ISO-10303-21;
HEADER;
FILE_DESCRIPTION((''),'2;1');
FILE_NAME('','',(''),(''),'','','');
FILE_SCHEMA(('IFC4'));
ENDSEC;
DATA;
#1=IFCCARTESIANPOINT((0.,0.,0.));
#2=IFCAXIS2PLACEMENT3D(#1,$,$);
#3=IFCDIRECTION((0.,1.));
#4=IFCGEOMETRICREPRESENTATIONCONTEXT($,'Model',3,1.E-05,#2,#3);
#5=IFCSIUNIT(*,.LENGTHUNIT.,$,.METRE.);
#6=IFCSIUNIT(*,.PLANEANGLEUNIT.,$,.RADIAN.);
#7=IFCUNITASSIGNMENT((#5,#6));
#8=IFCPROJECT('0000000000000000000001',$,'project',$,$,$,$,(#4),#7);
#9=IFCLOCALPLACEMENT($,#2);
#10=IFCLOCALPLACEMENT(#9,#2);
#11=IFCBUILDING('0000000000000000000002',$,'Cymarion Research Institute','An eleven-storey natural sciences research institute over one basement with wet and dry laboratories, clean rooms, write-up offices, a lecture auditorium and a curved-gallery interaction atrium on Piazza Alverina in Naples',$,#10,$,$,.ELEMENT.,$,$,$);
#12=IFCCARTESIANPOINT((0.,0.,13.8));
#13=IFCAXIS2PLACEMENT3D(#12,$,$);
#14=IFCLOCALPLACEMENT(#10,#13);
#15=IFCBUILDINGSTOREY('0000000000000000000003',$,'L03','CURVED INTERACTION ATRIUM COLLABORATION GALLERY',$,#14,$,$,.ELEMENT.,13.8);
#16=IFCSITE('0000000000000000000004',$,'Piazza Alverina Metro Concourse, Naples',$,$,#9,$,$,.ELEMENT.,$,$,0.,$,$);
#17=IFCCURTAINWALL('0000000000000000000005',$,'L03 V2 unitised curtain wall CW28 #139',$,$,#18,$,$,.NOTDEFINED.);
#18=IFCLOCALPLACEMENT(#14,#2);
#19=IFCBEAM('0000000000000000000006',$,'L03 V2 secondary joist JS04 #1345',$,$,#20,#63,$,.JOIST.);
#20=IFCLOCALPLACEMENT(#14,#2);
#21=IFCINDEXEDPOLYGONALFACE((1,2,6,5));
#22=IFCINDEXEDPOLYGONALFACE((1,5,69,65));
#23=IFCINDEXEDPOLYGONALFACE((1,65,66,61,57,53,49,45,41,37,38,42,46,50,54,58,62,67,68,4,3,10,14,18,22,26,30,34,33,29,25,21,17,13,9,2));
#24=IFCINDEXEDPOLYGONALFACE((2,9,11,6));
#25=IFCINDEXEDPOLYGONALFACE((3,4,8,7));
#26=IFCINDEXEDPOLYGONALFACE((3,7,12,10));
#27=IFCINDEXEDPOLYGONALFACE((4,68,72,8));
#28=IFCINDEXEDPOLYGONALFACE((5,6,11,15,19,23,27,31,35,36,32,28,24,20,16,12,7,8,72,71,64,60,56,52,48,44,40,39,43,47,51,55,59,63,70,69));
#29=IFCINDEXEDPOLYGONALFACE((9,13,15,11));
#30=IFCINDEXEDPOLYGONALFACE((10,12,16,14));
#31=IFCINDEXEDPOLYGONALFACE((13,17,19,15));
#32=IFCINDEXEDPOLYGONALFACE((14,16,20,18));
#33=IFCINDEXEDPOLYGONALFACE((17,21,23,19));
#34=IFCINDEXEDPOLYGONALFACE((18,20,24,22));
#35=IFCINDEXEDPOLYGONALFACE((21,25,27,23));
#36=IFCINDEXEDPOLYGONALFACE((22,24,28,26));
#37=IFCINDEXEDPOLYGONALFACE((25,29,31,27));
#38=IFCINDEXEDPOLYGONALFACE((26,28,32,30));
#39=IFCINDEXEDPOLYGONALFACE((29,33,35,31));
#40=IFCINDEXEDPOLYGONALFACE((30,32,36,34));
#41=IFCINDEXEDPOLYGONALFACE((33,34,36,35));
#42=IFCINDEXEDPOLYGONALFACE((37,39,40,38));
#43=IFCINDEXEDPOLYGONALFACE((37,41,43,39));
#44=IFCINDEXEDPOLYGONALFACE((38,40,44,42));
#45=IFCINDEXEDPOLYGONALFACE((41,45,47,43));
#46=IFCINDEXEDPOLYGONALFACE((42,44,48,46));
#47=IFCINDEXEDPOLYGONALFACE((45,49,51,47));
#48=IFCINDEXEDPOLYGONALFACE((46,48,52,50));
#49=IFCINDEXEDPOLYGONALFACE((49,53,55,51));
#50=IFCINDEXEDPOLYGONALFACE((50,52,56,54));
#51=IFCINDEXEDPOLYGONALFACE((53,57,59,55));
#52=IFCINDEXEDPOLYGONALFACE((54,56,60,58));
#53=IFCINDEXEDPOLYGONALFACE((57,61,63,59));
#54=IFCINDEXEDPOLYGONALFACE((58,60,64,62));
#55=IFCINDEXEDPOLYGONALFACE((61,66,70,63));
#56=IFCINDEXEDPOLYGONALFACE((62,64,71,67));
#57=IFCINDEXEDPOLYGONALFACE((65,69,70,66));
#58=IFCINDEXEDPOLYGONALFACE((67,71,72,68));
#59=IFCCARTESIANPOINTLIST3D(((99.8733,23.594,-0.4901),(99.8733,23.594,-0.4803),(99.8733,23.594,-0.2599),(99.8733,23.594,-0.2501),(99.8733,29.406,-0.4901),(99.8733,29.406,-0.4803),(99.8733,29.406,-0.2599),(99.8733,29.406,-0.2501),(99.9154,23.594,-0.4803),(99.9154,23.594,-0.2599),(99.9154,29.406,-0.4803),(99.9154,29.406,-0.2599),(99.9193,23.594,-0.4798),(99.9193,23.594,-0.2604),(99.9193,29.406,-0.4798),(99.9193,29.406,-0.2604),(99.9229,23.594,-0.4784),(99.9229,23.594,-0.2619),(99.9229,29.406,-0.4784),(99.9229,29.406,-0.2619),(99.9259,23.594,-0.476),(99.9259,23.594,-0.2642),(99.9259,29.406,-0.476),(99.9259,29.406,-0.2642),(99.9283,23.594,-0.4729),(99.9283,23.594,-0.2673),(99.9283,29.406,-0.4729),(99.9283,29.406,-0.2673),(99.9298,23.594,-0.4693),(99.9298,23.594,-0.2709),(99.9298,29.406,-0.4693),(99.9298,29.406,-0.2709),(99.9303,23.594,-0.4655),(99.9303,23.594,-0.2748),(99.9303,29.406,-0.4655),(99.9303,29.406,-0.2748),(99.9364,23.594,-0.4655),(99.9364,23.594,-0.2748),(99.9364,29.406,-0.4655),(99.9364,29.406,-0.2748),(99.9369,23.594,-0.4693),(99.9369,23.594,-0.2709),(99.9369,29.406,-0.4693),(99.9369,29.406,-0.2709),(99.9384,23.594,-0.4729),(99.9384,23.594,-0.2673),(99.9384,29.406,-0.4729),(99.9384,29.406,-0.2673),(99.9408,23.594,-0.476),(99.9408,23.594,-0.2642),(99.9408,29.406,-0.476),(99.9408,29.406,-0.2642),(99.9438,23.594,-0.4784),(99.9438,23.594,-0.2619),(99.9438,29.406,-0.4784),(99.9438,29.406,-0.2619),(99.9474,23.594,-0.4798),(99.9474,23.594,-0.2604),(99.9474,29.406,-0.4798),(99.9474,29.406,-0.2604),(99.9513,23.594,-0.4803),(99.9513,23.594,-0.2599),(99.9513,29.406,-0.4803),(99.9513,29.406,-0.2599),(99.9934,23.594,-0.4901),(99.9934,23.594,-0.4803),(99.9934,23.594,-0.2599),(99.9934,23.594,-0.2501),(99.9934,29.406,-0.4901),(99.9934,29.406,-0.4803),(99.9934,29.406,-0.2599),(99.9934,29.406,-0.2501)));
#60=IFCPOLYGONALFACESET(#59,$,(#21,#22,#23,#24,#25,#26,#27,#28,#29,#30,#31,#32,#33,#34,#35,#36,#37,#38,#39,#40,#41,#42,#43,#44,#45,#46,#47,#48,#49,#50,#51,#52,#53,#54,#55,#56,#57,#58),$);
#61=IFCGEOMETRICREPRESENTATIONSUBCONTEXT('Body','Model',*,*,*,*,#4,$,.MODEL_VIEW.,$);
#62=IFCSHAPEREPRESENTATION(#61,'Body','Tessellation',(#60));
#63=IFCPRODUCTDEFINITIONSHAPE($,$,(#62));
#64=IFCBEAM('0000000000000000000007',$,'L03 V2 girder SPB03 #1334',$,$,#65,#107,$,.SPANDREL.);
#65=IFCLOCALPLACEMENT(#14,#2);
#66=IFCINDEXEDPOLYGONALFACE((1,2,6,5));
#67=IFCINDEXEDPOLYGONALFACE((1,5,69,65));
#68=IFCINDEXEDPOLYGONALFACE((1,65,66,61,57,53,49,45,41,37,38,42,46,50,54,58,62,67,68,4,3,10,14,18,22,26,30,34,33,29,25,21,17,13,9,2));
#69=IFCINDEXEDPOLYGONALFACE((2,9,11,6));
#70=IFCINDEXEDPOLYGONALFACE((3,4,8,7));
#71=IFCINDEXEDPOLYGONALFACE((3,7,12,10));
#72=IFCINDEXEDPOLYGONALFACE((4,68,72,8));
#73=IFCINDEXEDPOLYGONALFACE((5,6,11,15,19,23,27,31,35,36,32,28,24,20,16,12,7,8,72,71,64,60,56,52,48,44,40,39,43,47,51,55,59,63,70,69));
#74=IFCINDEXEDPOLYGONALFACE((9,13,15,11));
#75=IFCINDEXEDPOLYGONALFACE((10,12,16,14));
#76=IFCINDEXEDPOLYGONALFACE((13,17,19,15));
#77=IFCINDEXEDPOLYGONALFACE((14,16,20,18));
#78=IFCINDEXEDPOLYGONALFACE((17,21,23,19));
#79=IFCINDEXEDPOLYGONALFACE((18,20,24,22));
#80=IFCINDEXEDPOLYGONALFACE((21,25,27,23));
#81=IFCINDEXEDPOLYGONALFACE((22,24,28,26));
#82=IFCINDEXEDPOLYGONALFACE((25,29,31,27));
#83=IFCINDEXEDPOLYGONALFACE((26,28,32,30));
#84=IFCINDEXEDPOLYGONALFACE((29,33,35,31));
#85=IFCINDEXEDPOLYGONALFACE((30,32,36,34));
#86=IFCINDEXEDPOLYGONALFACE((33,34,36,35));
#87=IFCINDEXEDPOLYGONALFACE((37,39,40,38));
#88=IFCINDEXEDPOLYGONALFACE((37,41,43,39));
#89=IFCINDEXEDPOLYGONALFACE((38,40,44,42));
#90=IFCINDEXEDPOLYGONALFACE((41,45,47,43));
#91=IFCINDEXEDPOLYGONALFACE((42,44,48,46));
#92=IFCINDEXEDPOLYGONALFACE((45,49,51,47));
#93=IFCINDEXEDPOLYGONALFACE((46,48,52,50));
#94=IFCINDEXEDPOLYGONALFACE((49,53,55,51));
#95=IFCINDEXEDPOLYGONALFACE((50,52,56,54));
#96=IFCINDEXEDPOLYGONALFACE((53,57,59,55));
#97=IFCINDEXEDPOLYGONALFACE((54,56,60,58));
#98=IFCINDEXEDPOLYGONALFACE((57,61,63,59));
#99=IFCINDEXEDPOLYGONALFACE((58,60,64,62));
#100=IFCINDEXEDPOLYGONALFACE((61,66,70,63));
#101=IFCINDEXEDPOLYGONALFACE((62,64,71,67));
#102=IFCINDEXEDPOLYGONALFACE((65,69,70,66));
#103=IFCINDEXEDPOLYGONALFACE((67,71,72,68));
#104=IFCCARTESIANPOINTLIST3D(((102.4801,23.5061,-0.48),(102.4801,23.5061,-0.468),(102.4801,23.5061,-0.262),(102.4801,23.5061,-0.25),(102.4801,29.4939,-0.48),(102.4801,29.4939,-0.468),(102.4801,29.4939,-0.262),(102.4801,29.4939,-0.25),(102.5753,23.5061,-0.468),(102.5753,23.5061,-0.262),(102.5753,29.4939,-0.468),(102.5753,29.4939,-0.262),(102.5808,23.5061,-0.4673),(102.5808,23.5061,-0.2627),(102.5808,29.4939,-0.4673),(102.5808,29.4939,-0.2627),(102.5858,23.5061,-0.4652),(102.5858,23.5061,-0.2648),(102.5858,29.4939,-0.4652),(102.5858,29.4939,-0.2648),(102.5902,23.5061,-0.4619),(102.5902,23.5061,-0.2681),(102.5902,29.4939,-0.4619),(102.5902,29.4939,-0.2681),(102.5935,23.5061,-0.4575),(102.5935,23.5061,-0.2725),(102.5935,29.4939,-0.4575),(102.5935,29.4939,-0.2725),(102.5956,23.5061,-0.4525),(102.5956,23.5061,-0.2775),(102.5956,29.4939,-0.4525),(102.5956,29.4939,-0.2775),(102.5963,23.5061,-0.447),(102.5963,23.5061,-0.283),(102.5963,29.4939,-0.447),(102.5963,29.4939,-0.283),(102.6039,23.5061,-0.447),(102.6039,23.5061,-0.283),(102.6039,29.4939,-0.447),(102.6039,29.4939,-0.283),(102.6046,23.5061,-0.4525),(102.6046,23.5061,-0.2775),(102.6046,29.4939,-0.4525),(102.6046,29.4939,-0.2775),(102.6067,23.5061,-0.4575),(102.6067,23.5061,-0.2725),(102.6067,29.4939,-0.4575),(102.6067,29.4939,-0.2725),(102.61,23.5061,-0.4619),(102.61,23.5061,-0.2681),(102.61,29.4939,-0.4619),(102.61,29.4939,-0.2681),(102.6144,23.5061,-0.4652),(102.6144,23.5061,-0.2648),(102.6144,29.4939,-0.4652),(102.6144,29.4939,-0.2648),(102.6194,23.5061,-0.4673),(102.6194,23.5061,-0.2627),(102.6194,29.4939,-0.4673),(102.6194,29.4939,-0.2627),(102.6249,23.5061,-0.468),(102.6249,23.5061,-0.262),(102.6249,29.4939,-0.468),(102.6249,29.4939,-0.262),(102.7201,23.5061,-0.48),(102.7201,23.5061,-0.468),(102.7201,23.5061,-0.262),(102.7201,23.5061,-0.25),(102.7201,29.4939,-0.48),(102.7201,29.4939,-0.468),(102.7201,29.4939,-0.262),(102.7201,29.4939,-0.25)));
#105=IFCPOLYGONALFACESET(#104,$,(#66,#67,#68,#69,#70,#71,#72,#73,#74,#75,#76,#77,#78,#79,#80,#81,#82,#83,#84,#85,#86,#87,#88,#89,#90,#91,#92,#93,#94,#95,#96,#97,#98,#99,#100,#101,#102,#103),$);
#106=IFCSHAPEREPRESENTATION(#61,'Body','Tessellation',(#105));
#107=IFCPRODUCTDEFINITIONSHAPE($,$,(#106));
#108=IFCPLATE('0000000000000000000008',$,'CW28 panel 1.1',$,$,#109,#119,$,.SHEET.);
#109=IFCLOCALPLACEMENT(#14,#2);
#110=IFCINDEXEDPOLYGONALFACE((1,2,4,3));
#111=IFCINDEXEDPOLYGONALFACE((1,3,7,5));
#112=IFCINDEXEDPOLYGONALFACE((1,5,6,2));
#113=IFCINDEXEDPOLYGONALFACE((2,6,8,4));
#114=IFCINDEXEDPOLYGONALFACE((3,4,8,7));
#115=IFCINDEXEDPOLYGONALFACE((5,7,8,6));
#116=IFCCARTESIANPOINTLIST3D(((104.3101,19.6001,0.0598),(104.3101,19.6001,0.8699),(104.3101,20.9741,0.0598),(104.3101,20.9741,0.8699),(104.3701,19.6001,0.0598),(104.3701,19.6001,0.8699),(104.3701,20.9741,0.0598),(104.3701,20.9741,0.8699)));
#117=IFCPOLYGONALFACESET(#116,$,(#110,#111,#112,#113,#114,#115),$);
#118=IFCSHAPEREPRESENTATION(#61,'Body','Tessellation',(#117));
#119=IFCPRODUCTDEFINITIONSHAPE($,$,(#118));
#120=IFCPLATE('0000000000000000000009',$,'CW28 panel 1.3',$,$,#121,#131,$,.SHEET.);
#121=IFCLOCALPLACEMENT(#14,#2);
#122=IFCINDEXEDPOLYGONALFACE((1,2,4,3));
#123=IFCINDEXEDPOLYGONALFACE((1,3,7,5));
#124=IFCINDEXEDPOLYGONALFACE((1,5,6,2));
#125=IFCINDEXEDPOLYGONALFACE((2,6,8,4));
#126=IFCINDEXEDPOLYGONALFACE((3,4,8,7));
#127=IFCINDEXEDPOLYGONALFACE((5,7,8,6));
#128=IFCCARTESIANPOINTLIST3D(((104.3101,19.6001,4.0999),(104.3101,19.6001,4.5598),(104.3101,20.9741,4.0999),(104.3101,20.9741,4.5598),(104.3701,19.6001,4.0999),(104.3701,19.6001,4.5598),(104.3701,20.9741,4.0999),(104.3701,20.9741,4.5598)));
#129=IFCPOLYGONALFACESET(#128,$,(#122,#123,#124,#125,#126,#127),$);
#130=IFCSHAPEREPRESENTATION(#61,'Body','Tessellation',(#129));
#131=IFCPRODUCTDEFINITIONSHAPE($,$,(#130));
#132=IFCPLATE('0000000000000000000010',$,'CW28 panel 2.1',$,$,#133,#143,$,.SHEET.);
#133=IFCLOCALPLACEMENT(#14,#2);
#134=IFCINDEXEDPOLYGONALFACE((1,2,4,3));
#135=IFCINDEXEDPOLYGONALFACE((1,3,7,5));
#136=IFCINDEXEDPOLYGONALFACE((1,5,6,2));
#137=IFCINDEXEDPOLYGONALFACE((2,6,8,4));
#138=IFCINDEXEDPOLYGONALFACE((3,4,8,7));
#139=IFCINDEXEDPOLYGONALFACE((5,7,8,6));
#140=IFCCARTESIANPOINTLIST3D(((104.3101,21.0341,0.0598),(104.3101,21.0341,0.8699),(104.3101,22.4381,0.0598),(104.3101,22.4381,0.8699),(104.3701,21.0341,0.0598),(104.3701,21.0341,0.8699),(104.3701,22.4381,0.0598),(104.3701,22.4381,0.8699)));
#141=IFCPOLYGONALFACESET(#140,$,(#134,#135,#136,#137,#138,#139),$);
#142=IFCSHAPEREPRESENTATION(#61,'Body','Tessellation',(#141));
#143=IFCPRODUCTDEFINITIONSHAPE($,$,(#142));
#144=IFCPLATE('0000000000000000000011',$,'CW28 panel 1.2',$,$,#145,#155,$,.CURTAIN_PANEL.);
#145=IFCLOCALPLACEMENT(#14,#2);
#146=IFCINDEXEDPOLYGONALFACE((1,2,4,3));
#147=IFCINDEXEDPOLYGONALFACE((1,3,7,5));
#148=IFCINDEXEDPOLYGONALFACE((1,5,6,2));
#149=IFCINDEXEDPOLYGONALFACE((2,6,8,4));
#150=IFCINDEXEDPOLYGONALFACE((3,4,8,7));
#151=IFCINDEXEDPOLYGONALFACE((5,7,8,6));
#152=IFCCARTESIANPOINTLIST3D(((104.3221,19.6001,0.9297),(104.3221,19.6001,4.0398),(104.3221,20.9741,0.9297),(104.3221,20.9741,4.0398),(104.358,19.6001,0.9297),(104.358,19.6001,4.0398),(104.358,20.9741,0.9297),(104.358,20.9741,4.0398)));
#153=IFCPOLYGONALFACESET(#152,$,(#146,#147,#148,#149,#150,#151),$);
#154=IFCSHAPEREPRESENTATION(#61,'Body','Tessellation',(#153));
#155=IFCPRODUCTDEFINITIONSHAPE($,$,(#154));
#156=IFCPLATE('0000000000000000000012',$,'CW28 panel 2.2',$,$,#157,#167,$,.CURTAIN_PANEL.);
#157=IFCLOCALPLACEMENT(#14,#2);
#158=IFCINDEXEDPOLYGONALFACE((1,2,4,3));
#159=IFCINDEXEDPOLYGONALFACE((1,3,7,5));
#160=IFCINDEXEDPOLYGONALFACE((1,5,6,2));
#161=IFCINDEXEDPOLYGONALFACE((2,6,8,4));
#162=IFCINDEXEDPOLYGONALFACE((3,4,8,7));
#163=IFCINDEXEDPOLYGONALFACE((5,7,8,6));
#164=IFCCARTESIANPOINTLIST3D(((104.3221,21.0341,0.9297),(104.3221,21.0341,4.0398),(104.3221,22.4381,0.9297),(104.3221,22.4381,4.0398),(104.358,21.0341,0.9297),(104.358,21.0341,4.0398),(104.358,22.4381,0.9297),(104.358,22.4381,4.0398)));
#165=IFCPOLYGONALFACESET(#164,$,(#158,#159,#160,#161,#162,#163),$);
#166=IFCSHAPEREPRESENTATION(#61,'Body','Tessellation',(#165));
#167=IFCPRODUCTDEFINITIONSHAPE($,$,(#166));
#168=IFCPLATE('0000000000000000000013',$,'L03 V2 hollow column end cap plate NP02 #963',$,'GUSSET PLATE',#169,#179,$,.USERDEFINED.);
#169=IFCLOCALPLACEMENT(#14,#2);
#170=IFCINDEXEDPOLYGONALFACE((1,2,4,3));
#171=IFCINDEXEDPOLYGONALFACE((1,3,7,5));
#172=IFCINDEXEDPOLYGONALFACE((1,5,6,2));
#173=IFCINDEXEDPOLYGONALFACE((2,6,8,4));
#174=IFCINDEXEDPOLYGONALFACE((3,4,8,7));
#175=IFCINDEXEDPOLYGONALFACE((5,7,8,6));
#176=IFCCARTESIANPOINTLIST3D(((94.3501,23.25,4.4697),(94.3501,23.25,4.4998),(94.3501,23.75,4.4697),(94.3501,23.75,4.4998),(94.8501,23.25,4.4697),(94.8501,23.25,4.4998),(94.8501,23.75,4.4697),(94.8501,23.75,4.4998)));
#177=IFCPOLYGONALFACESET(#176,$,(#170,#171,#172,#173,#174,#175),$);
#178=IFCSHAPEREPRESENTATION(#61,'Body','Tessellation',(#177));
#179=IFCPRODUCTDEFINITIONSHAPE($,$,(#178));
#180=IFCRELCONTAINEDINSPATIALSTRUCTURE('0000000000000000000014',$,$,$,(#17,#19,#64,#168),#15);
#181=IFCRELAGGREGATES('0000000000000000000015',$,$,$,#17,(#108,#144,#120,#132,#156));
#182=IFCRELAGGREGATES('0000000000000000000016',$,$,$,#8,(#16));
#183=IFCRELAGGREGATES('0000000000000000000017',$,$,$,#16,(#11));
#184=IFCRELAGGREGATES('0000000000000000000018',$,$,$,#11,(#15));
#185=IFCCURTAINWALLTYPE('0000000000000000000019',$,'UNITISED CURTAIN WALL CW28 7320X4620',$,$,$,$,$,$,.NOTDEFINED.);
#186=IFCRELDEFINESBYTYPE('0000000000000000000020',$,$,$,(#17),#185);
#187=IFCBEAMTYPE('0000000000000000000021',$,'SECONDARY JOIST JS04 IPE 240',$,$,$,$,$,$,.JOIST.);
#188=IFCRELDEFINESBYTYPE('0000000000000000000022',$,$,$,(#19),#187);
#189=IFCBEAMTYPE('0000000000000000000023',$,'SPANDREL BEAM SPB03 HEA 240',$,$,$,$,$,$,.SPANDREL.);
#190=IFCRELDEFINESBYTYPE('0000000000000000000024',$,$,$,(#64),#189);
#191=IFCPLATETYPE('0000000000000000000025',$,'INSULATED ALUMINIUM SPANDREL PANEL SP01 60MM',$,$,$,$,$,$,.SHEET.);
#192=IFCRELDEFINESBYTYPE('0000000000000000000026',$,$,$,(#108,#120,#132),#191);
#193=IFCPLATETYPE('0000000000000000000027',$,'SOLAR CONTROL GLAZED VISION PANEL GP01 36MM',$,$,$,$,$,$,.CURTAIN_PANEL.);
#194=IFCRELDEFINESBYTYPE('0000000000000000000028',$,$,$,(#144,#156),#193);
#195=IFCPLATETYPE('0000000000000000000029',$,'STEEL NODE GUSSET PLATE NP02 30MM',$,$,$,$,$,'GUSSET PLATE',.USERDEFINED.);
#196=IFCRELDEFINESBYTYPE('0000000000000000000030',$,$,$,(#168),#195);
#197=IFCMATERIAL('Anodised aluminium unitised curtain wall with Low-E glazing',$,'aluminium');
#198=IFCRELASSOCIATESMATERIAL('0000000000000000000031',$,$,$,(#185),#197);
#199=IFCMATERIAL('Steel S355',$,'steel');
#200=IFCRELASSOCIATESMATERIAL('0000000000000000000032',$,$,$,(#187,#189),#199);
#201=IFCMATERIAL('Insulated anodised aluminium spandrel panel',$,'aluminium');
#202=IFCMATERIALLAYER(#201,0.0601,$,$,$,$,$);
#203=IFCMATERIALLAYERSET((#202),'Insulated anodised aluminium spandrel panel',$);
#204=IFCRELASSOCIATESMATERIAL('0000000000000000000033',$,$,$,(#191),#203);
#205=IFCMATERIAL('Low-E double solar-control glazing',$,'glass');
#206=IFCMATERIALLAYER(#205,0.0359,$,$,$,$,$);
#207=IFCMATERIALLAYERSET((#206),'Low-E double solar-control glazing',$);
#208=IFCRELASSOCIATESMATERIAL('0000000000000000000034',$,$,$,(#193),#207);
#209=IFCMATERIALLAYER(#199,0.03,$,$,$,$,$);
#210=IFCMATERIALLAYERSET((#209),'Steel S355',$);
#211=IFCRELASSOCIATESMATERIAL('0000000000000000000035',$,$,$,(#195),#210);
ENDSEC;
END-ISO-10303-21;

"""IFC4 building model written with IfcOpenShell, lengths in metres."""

from ifc_helpers import new_model, si_unit, direction, frame, origin, origin_2d, place, context, subcontext, project, spatial, rectangle, i_section, extrude, material, layer, layer_set, material_profile, profile_set, type_object, element, aggregate, save


model = new_model("IFC4")

# Units and contexts
model_context = context("Model", 3, precision=1e-05, world=origin(), true_north=direction((0.0, 1.0)))
body_context = subcontext(model_context, "Body", "Model", "MODEL_VIEW")
ifc_project = project(units=[si_unit("LENGTHUNIT", "METRE"), si_unit("PLANEANGLEUNIT", "RADIAN")], contexts=[model_context])

# Site, building, storey
site_placement = place(None, origin())
site = spatial("IfcSite", under=ifc_project, at=site_placement, Name="Piazza Alverina Metro Concourse, Naples", CompositionType="ELEMENT", RefElevation=0.0)
building_placement = place(site_placement, origin())
building = spatial("IfcBuilding", under=site, at=building_placement, Name="Cymarion Research Institute", Description="An eleven-storey natural sciences research institute over one basement with wet and dry laboratories, clean rooms, write-up offices, a lecture auditorium and a curved-gallery interaction atrium on Piazza Alverina in Naples", CompositionType="ELEMENT")
storey_placement = place(building_placement, frame((0.0, 0.0, 13.8)))
storey = spatial("IfcBuildingStorey", under=building, at=storey_placement, Name="L03", Description="CURVED INTERACTION ATRIUM COLLABORATION GALLERY", CompositionType="ELEMENT", Elevation=13.8)

# Shared definitions
ifc_material_1 = material(Name="Steel S355", Category="steel")

# Curtain wall
ifc_material_2 = material(Name="Anodised aluminium unitised curtain wall with Low-E glazing", Category="aluminium")
curtain_wall_type = type_object("IfcCurtainWallType", Name="UNITISED CURTAIN WALL CW28 7320X4620", PredefinedType="NOTDEFINED", material=ifc_material_2)
curtain_wall_placement = place(storey_placement, origin())
curtain_wall = element("IfcCurtainWall", 1, at=curtain_wall_placement, inside=storey, type_object=curtain_wall_type, Name="L03 V2 unitised curtain wall CW28 #139", PredefinedType="NOTDEFINED")

# Beams
ifc_material_profile_1 = material_profile(ifc_material_1, i_section(OverallWidth=0.1201, OverallDepth=0.24, WebThickness=0.0061, FlangeThickness=0.0098, FilletRadius=0.0149, at=origin_2d()), Name="IPE 240")
ifc_profile_set_1 = profile_set([ifc_material_profile_1], Name="Steel S355")
beam_type_1 = type_object("IfcBeamType", Name="SECONDARY JOIST JS04 IPE 240", PredefinedType="JOIST", material=ifc_profile_set_1)
for number, where, z_axis, x_axis, name in (
    (2, (99.9333, 23.594, -0.3701), (0.0, 1.0, 0.0), (-1.0, 0.0, 0.0), "L03 V2 secondary joist JS04 #1345"),
):
    element("IfcBeam", number, at=place(storey_placement, frame(where, z_axis=z_axis, x_axis=x_axis)), inside=storey, type_object=beam_type_1, Name=name, PredefinedType="JOIST", context=body_context, shape_type="SweptSolid", body=[
        extrude(i_section(OverallWidth=0.1201, OverallDepth=0.24, WebThickness=0.0061, FlangeThickness=0.0098, FilletRadius=0.0149, at=origin_2d()), origin(), (0.0, 0.0, 1.0), 5.812),
    ])
ifc_material_profile_2 = material_profile(ifc_material_1, i_section(OverallWidth=0.24, OverallDepth=0.23, WebThickness=0.0076, FlangeThickness=0.012, FilletRadius=0.021, at=origin_2d()), Name="HEA 240")
ifc_profile_set_2 = profile_set([ifc_material_profile_2], Name="Steel S355")
beam_type_2 = type_object("IfcBeamType", Name="SPANDREL BEAM SPB03 HEA 240", PredefinedType="SPANDREL", material=ifc_profile_set_2)
beam_1_placement = place(storey_placement, frame((102.6001, 23.5061, -0.365), z_axis=(0.0, 1.0, 0.0), x_axis=(-1.0, 0.0, 0.0)))
element("IfcBeam", 3, at=beam_1_placement, inside=storey, type_object=beam_type_2, Name="L03 V2 girder SPB03 #1334", PredefinedType="SPANDREL", context=body_context, shape_type="SweptSolid", body=[
    extrude(i_section(OverallWidth=0.24, OverallDepth=0.23, WebThickness=0.0076, FlangeThickness=0.012, FilletRadius=0.021, at=origin_2d()), origin(), (0.0, 0.0, 1.0), 5.9878),
])

# Plates
ifc_material_3 = material(Name="Insulated anodised aluminium spandrel panel", Category="aluminium")
ifc_layer_1 = layer(ifc_material_3, 0.0601)
ifc_layer_set_1 = layer_set([ifc_layer_1], Name="Insulated anodised aluminium spandrel panel")
plate_type_1 = type_object("IfcPlateType", Name="INSULATED ALUMINIUM SPANDREL PANEL SP01 60MM", PredefinedType="SHEET", material=ifc_layer_set_1)
plate_1_placement = place(storey_placement, frame((104.3401, 20.2871, 0.0598), z_axis=(0.0, 0.0, 1.0), x_axis=(0.0, 1.0, 0.0)))
plate_1 = element("IfcPlate", 4, at=plate_1_placement, type_object=plate_type_1, Name="CW28 panel 1.1", PredefinedType="SHEET", context=body_context, shape_type="SweptSolid", body=[
    extrude(rectangle(XDim=1.374, YDim=0.0601, at=origin_2d()), origin(), (0.0, 0.0, 1.0), 0.8101),
])
plate_2_placement = place(storey_placement, frame((104.3401, 20.2871, 4.0999), z_axis=(0.0, 0.0, 1.0), x_axis=(0.0, 1.0, 0.0)))
plate_2 = element("IfcPlate", 5, at=plate_2_placement, type_object=plate_type_1, Name="CW28 panel 1.3", PredefinedType="SHEET", context=body_context, shape_type="SweptSolid", body=[
    extrude(rectangle(XDim=1.374, YDim=0.0601, at=origin_2d()), origin(), (0.0, 0.0, 1.0), 0.46),
])
plate_3_placement = place(storey_placement, frame((104.3401, 21.7361, 0.0598), z_axis=(0.0, 0.0, 1.0), x_axis=(0.0, 1.0, 0.0)))
plate_3 = element("IfcPlate", 6, at=plate_3_placement, type_object=plate_type_1, Name="CW28 panel 2.1", PredefinedType="SHEET", context=body_context, shape_type="SweptSolid", body=[
    extrude(rectangle(XDim=1.4041, YDim=0.0601, at=origin_2d()), origin(), (0.0, 0.0, 1.0), 0.8101),
])
ifc_material_4 = material(Name="Low-E double solar-control glazing", Category="glass")
ifc_layer_2 = layer(ifc_material_4, 0.0359)
ifc_layer_set_2 = layer_set([ifc_layer_2], Name="Low-E double solar-control glazing")
plate_type_2 = type_object("IfcPlateType", Name="SOLAR CONTROL GLAZED VISION PANEL GP01 36MM", PredefinedType="CURTAIN_PANEL", material=ifc_layer_set_2)
plate_4_placement = place(storey_placement, frame((104.3401, 20.2871, 0.9297), z_axis=(0.0, 0.0, 1.0), x_axis=(0.0, 1.0, 0.0)))
plate_4 = element("IfcPlate", 7, at=plate_4_placement, type_object=plate_type_2, Name="CW28 panel 1.2", PredefinedType="CURTAIN_PANEL", context=body_context, shape_type="SweptSolid", body=[
    extrude(rectangle(XDim=1.374, YDim=0.0359, at=origin_2d()), origin(), (0.0, 0.0, 1.0), 3.1101),
])
plate_5_placement = place(storey_placement, frame((104.3401, 21.7361, 0.9297), z_axis=(0.0, 0.0, 1.0), x_axis=(0.0, 1.0, 0.0)))
plate_5 = element("IfcPlate", 8, at=plate_5_placement, type_object=plate_type_2, Name="CW28 panel 2.2", PredefinedType="CURTAIN_PANEL", context=body_context, shape_type="SweptSolid", body=[
    extrude(rectangle(XDim=1.4041, YDim=0.0359, at=origin_2d()), origin(), (0.0, 0.0, 1.0), 3.1101),
])
aggregate(curtain_wall, [plate_1, plate_4, plate_2, plate_3, plate_5])
ifc_layer_3 = layer(ifc_material_1, 0.03)
ifc_layer_set_3 = layer_set([ifc_layer_3], Name="Steel S355")
plate_type_3 = type_object("IfcPlateType", Name="STEEL NODE GUSSET PLATE NP02 30MM", ElementType="GUSSET PLATE", PredefinedType="USERDEFINED", material=ifc_layer_set_3)
plate_6_placement = place(storey_placement, frame((94.6001, 23.5, 4.4697), z_axis=(0.0, 0.0, 1.0), x_axis=(1.0, 0.0, 0.0)))
element("IfcPlate", 9, at=plate_6_placement, inside=storey, type_object=plate_type_3, Name="L03 V2 hollow column end cap plate NP02 #963", ObjectType="GUSSET PLATE", PredefinedType="USERDEFINED", context=body_context, shape_type="SweptSolid", body=[
    extrude(rectangle(XDim=0.5, YDim=0.5, at=origin_2d()), origin(), (0.0, 0.0, 1.0), 0.03),
])

save(model, "model.ifc")
